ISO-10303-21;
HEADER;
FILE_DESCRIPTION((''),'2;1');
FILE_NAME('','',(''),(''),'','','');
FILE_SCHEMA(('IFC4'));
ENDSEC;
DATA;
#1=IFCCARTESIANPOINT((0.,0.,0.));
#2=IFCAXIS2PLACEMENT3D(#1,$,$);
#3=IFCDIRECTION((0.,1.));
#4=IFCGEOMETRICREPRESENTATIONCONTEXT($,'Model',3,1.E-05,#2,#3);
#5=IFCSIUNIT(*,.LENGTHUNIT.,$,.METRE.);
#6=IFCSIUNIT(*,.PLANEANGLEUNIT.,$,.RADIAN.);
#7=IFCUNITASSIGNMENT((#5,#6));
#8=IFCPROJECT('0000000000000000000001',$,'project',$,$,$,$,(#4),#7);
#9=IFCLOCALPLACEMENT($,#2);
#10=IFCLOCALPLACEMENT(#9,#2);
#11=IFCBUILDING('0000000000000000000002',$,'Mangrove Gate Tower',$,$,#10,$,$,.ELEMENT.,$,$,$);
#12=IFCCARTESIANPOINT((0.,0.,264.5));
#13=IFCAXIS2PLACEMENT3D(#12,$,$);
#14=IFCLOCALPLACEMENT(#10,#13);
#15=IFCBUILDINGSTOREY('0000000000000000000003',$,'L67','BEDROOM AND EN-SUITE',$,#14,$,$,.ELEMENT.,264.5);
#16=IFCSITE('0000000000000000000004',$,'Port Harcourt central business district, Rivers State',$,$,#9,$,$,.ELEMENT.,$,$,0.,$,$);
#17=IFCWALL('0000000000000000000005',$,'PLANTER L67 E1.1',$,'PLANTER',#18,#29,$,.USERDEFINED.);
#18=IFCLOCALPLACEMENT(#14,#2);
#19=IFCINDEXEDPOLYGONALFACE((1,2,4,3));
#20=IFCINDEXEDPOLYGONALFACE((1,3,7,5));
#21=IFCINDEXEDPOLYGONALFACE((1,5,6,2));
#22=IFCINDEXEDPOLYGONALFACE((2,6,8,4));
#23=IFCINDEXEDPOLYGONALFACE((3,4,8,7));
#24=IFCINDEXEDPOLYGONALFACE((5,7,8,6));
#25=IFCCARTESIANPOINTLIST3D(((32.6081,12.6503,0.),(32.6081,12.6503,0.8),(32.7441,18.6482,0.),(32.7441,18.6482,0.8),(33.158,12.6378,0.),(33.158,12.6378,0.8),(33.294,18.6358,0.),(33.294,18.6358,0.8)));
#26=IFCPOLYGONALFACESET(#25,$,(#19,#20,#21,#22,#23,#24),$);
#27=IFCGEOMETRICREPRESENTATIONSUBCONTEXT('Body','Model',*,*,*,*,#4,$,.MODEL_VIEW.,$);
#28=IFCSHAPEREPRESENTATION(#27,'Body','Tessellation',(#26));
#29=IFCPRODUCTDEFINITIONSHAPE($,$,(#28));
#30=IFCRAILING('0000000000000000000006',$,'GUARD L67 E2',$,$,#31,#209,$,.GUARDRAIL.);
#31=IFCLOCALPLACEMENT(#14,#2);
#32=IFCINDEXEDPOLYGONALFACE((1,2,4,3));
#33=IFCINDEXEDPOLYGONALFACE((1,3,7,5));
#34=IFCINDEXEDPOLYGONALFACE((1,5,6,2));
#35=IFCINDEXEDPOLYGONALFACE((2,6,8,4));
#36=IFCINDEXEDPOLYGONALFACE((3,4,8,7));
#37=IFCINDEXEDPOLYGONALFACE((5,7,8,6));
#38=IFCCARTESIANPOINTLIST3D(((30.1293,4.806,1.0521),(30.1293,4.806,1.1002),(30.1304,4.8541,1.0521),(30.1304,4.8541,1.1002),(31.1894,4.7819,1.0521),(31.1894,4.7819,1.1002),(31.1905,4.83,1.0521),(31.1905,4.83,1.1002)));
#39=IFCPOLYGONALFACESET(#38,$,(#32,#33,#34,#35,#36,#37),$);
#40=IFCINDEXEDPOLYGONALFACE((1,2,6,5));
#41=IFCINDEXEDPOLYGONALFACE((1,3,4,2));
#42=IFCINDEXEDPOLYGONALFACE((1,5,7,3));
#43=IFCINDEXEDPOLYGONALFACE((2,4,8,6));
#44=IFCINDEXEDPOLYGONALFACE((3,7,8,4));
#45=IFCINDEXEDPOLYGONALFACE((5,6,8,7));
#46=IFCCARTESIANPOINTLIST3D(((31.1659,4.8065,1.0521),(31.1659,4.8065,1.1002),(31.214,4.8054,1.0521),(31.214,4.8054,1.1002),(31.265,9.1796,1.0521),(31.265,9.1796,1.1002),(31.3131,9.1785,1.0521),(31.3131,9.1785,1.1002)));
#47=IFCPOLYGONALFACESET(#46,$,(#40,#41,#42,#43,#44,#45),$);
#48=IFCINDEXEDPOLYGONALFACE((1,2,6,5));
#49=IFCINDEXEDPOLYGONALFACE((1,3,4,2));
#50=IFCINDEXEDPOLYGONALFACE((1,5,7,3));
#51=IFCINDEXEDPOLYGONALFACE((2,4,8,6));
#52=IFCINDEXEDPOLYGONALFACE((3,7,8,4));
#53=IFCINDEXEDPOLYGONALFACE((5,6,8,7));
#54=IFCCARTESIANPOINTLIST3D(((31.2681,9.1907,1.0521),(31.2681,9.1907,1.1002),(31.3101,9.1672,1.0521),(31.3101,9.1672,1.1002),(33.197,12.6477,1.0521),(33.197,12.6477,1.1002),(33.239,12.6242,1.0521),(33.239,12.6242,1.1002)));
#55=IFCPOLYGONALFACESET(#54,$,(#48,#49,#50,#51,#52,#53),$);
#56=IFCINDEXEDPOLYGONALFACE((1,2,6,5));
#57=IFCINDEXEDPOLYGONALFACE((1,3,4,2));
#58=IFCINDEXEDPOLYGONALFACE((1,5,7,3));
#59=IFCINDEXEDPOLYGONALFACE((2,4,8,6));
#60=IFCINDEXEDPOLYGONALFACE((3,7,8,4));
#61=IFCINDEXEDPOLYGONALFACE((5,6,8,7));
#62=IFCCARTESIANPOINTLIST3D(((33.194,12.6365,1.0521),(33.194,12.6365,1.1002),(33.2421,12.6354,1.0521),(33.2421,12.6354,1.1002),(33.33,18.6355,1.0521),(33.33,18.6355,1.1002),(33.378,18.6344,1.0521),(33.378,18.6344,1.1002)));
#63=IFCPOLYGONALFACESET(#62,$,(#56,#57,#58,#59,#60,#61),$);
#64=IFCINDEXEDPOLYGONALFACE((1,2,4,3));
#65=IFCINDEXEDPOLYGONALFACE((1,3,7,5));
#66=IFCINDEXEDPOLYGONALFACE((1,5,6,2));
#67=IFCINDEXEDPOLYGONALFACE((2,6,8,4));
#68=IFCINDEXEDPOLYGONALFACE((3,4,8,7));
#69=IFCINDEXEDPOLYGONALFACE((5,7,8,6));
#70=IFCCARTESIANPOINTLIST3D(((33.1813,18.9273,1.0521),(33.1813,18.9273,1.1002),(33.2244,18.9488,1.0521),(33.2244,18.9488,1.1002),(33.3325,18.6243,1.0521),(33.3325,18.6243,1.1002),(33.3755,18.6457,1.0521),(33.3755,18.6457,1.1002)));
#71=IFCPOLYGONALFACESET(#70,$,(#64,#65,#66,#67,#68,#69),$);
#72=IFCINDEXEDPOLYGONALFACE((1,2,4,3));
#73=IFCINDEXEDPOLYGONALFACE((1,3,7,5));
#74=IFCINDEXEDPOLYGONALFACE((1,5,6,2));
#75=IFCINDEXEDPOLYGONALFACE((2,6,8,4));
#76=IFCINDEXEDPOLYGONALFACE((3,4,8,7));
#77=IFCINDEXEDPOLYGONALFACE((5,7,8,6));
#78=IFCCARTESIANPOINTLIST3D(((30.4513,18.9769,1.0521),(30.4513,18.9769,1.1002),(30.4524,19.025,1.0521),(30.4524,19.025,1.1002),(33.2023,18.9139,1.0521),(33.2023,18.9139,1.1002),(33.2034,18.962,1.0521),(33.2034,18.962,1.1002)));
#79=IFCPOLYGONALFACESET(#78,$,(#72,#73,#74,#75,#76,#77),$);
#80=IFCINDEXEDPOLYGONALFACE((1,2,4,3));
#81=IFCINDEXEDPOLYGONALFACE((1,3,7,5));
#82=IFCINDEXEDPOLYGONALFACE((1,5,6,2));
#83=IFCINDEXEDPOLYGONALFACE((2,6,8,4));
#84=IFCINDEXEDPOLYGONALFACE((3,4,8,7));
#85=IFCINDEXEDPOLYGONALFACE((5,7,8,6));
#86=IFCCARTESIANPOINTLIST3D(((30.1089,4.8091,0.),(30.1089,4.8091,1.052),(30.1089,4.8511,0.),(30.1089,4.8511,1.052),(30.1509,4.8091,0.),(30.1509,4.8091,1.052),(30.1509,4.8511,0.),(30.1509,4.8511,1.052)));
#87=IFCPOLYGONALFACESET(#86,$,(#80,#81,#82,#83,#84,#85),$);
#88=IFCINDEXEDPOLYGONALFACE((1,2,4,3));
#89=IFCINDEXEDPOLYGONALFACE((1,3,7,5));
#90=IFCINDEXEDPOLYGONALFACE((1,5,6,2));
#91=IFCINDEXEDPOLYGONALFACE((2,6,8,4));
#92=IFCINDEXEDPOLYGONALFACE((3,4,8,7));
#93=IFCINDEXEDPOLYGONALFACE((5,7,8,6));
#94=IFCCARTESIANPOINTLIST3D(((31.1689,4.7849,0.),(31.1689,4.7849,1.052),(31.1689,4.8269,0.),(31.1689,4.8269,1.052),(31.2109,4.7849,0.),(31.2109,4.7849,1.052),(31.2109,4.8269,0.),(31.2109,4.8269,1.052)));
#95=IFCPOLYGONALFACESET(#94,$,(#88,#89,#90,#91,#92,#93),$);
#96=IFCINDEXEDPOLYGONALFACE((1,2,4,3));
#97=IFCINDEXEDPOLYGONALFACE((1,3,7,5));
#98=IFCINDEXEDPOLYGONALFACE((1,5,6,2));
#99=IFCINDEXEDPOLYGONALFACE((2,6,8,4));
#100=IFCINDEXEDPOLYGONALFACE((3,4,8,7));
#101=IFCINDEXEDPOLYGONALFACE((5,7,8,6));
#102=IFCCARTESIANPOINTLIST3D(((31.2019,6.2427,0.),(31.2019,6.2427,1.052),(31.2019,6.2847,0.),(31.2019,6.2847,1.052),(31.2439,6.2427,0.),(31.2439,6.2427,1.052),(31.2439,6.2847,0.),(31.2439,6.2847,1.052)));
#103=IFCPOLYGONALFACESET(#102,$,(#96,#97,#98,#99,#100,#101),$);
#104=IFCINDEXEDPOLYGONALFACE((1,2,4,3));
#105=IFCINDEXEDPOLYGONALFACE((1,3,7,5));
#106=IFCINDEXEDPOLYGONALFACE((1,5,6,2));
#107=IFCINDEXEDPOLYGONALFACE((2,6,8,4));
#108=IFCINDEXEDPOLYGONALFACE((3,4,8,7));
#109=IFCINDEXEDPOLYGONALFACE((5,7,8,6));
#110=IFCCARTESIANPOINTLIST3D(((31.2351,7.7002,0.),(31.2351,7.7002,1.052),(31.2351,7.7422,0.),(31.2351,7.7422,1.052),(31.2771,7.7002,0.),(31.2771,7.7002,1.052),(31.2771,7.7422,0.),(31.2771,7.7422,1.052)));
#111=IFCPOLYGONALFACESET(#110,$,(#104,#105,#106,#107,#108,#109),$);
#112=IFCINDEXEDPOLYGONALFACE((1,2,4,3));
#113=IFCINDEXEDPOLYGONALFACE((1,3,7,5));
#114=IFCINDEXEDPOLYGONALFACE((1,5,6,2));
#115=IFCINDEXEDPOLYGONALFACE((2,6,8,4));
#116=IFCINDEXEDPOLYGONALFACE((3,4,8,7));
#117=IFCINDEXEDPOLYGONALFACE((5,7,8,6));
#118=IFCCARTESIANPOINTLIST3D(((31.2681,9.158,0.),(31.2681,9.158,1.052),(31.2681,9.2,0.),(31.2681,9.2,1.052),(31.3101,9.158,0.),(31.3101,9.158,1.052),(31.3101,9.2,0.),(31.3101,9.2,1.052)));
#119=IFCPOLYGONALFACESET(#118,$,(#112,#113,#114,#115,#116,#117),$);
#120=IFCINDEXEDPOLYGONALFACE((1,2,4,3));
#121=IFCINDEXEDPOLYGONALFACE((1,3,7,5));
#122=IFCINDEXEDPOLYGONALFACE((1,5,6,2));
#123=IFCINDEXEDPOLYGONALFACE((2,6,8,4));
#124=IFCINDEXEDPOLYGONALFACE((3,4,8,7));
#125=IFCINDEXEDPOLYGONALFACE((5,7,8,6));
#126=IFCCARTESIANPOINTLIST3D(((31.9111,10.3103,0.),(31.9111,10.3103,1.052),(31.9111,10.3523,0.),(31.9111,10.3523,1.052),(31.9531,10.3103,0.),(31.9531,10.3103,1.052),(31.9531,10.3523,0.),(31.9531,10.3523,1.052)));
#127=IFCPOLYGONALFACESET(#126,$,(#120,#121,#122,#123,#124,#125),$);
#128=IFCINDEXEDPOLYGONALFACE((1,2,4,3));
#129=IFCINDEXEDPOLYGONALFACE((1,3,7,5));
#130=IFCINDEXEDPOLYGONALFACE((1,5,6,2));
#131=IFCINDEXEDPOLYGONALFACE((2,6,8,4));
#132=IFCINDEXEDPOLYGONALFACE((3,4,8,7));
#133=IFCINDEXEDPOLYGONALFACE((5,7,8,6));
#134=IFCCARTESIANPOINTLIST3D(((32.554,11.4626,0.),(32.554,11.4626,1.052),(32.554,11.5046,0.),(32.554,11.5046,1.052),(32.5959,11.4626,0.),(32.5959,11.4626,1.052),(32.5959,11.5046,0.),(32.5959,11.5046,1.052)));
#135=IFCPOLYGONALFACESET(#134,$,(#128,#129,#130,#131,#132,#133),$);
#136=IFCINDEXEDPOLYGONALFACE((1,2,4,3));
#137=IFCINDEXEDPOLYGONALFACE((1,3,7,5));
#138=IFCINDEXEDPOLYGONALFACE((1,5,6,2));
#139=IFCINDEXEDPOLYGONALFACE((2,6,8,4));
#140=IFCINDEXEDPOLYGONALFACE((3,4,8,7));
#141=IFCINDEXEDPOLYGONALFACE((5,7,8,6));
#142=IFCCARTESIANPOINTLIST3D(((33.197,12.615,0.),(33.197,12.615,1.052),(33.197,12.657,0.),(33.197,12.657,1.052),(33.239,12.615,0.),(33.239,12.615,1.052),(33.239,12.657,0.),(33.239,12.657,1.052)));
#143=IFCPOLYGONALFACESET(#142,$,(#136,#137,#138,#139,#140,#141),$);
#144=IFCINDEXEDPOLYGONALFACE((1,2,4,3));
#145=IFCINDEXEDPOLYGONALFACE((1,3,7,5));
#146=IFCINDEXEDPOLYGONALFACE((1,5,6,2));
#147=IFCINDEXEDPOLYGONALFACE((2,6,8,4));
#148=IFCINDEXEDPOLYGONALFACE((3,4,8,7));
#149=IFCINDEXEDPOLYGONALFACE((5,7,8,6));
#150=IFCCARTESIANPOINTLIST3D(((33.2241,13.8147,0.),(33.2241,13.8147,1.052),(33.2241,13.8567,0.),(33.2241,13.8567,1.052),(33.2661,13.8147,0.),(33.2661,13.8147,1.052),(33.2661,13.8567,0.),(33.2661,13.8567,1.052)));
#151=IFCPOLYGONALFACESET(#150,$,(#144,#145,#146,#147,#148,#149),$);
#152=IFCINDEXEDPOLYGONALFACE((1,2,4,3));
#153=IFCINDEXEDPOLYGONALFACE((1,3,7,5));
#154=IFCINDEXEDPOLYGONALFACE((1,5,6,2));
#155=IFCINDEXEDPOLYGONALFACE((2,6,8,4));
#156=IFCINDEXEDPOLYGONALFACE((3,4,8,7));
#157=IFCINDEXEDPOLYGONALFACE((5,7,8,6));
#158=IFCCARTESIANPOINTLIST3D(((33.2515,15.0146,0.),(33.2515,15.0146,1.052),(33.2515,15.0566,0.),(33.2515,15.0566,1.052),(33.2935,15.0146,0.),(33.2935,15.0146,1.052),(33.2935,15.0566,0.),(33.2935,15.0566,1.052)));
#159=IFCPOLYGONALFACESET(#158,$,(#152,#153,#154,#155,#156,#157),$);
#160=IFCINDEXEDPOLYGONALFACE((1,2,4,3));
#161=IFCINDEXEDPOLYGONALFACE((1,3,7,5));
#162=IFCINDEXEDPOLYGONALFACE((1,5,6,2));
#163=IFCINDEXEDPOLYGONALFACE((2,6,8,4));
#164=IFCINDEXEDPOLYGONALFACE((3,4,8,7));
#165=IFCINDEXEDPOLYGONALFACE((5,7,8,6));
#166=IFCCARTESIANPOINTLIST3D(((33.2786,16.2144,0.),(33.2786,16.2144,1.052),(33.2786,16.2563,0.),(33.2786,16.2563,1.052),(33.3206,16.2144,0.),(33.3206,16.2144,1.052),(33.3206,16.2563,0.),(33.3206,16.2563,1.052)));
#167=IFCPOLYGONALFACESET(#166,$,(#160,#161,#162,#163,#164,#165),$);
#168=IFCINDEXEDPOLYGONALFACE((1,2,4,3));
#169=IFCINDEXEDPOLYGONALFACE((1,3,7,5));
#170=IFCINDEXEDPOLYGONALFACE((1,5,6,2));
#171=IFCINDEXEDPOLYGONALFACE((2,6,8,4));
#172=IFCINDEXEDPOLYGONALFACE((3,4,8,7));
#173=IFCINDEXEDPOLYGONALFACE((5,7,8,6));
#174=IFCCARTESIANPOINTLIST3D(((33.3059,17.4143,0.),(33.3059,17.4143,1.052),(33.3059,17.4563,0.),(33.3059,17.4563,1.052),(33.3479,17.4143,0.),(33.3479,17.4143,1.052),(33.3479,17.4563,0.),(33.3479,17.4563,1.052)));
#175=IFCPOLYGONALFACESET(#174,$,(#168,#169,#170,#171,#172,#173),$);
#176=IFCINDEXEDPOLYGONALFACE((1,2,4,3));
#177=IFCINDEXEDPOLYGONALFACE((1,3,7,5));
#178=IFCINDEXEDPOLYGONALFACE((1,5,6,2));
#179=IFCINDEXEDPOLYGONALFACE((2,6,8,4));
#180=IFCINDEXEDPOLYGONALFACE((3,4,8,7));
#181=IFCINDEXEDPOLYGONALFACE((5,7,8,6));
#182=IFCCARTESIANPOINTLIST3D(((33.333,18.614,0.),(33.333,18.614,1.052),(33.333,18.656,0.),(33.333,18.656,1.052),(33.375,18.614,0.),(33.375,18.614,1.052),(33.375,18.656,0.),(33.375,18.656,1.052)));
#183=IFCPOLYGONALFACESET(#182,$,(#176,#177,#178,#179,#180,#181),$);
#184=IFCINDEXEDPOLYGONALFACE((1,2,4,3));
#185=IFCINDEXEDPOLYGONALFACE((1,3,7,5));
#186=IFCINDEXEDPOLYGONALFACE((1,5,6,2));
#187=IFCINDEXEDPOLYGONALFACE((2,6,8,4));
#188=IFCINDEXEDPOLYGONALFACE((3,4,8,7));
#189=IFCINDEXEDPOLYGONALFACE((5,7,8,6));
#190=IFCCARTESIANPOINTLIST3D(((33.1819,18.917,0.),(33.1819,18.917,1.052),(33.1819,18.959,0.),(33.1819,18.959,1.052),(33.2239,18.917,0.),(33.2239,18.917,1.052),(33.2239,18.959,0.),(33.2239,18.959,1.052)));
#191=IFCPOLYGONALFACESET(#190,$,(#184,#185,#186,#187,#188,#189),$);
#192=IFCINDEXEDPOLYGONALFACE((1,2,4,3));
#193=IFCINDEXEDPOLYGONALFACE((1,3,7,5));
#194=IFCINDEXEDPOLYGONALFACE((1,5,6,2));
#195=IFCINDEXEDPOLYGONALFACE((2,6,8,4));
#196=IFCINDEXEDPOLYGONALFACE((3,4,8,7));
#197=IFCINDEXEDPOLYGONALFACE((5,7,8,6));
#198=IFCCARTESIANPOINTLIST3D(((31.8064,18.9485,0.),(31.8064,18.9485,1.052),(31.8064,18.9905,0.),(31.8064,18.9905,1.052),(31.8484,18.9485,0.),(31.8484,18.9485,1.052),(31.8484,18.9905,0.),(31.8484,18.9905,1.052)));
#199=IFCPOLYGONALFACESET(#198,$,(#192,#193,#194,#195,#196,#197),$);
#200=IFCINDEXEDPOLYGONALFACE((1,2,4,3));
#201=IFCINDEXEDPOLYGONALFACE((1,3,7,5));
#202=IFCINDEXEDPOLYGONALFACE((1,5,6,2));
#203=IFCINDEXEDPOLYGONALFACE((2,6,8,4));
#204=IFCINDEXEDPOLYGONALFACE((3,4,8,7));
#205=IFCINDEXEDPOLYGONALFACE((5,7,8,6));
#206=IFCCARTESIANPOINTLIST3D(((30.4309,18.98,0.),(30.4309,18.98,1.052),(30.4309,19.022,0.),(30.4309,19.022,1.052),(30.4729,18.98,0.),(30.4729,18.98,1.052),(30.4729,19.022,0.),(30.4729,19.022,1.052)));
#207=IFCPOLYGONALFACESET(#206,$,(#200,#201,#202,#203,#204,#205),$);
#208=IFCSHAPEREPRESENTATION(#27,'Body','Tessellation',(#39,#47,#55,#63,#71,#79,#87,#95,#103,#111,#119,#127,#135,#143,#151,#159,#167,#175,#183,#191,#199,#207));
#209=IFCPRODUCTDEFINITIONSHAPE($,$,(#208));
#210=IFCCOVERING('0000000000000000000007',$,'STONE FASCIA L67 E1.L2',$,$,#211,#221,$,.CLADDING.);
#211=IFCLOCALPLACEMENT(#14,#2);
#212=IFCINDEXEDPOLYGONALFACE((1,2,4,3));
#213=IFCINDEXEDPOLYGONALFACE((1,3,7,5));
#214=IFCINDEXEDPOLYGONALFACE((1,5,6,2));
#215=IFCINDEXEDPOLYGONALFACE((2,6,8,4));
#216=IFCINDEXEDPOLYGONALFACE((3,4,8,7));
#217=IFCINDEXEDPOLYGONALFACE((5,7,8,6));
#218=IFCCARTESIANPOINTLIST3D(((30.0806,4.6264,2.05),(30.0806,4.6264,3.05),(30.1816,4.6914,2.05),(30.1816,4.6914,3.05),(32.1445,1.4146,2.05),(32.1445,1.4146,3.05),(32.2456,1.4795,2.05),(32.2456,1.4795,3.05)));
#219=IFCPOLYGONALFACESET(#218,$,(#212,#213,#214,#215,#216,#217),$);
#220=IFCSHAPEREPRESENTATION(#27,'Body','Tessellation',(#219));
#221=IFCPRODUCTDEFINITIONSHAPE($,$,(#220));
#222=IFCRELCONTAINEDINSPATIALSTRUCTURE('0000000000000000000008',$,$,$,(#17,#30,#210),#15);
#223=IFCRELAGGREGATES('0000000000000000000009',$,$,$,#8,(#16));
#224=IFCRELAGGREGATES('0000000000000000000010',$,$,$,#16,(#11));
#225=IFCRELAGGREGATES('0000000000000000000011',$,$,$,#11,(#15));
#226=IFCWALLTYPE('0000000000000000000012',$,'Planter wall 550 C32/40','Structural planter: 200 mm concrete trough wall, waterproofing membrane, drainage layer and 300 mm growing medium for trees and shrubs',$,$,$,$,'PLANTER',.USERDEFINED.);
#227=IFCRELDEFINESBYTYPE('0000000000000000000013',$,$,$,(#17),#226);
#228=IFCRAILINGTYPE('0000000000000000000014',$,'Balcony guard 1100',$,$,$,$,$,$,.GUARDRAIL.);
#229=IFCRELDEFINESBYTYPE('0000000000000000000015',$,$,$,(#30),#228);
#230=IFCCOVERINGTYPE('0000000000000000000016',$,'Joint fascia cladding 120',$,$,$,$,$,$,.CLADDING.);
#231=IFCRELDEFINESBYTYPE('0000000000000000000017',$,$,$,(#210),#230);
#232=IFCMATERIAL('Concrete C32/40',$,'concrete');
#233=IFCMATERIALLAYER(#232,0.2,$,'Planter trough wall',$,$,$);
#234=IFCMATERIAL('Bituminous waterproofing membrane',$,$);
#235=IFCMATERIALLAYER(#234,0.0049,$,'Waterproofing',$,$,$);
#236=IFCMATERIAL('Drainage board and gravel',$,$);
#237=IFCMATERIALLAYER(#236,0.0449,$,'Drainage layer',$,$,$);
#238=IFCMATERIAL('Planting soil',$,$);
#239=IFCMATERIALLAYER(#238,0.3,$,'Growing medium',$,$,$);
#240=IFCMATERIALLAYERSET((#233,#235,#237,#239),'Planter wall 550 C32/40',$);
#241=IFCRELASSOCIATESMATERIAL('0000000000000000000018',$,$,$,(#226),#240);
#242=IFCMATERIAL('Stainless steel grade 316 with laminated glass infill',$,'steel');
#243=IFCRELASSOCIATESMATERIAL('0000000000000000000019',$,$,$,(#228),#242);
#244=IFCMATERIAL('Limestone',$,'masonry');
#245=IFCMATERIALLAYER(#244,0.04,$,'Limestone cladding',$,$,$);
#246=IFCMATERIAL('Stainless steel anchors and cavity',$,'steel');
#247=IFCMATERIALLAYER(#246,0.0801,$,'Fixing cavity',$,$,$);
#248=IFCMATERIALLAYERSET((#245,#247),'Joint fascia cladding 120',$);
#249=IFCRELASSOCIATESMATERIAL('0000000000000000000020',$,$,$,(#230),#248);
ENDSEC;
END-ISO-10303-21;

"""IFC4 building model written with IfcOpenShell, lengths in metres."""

from ifc_helpers import new_model, si_unit, direction, frame, frame_2d, origin, origin_2d, place, context, subcontext, project, spatial, rectangle, extrude, material, layer, layer_set, type_object, element, save


model = new_model("IFC4")

# Units and contexts
model_context = context("Model", 3, precision=1e-05, world=origin(), true_north=direction((0.0, 1.0)))
body_context = subcontext(model_context, "Body", "Model", "MODEL_VIEW")
ifc_project = project(units=[si_unit("LENGTHUNIT", "METRE"), si_unit("PLANEANGLEUNIT", "RADIAN")], contexts=[model_context])

# Site, building, storey
site_placement = place(None, origin())
site = spatial("IfcSite", under=ifc_project, at=site_placement, Name="Port Harcourt central business district, Rivers State", CompositionType="ELEMENT", RefElevation=0.0)
building_placement = place(site_placement, origin())
building = spatial("IfcBuilding", under=site, at=building_placement, Name="Mangrove Gate Tower", CompositionType="ELEMENT")
storey_placement = place(building_placement, frame((0.0, 0.0, 264.5)))
storey = spatial("IfcBuildingStorey", under=building, at=storey_placement, Name="L67", Description="BEDROOM AND EN-SUITE", CompositionType="ELEMENT", Elevation=264.5)

# Shared definitions
ifc_material_1 = material(Name="Limestone", Category="masonry")

# Wall
ifc_material_2 = material(Name="Concrete C32/40", Category="concrete")
ifc_layer_1 = layer(ifc_material_2, 0.2, Name="Planter trough wall")
ifc_material_3 = material(Name="Bituminous waterproofing membrane")
ifc_layer_2 = layer(ifc_material_3, 0.0049, Name="Waterproofing")
ifc_material_4 = material(Name="Drainage board and gravel")
ifc_layer_3 = layer(ifc_material_4, 0.0449, Name="Drainage layer")
ifc_material_5 = material(Name="Planting soil")
ifc_layer_4 = layer(ifc_material_5, 0.3, Name="Growing medium")
ifc_layer_set_1 = layer_set([ifc_layer_1, ifc_layer_2, ifc_layer_3, ifc_layer_4], Name="Planter wall 550 C32/40")
wall_type_1 = type_object("IfcWallType", Name="Planter wall 550 C32/40", Description="Structural planter: 200 mm concrete trough wall, waterproofing membrane, drainage layer and 300 mm growing medium for trees and shrubs", ElementType="PLANTER", PredefinedType="USERDEFINED", material=ifc_layer_set_1)
wall_1_placement = place(storey_placement, frame((32.8831, 12.644, 0.0), z_axis=(0.0, 0.0, 1.0), x_axis=(0.022666, 0.999743, 0.0)))
element("IfcWall", 1, at=wall_1_placement, inside=storey, type_object=wall_type_1, Name="PLANTER L67 E1.1", ObjectType="PLANTER", PredefinedType="USERDEFINED", context=body_context, shape_type="SweptSolid", body=[
    extrude(rectangle(XDim=5.9995, YDim=0.55, at=frame_2d((2.9998, 0.0))), origin(), (0.0, 0.0, 1.0), 0.8),
])

# Railing
ifc_material_6 = material(Name="Stainless steel grade 316 with laminated glass infill", Category="steel")
railing_type = type_object("IfcRailingType", Name="Balcony guard 1100", PredefinedType="GUARDRAIL", material=ifc_material_6)
railing_placement = place(storey_placement, frame((30.1299, 4.8301, 0.0)))
element("IfcRailing", 2, at=railing_placement, inside=storey, type_object=railing_type, Name="GUARD L67 E2", PredefinedType="GUARDRAIL", context=body_context, shape_type="SweptSolid", body=[
    extrude(rectangle(XDim=0.0481, YDim=0.0481, at=origin_2d()), frame((0.0, 0.0, 1.0762), z_axis=(0.99974, -0.022795, 0.0), x_axis=(0.022795, 0.99974, 0.0)), (0.0, 0.0, 1.0), 1.0603),
    extrude(rectangle(XDim=0.0481, YDim=0.0481, at=origin_2d()), frame((1.0601, -0.0242, 1.0762), z_axis=(0.022661, 0.999743, 0.0), x_axis=(-0.999743, 0.022661, 0.0)), (0.0, 0.0, 1.0), 4.3743),
    extrude(rectangle(XDim=0.0481, YDim=0.0481, at=origin_2d()), frame((1.1592, 4.3489, 1.0762), z_axis=(0.48726, 0.873257, 0.0), x_axis=(-0.873257, 0.48726, 0.0)), (0.0, 0.0, 1.0), 3.9587),
    extrude(rectangle(XDim=0.0481, YDim=0.0481, at=origin_2d()), frame((3.0881, 7.8059, 1.0762), z_axis=(0.022662, 0.999743, 0.0), x_axis=(-0.999743, 0.022662, 0.0)), (0.0, 0.0, 1.0), 6.0005),
    extrude(rectangle(XDim=0.0481, YDim=0.0481, at=origin_2d()), frame((3.2241, 13.8049, 1.0762), z_axis=(-0.446348, 0.894859, 0.0), x_axis=(-0.894859, -0.446348, 0.0)), (0.0, 0.0, 1.0), 0.3386),
    extrude(rectangle(XDim=0.0481, YDim=0.0481, at=origin_2d()), frame((3.073, 14.1079, 1.0762), z_axis=(-0.999738, 0.022891, 0.0), x_axis=(-0.022891, -0.999738, 0.0)), (0.0, 0.0, 1.0), 2.7517),
    extrude(rectangle(XDim=0.042, YDim=0.042, at=origin_2d()), origin(), (0.0, 0.0, 1.0), 1.052),
    extrude(rectangle(XDim=0.042, YDim=0.042, at=origin_2d()), frame((1.0601, -0.0242, 0.0)), (0.0, 0.0, 1.0), 1.052),
    extrude(rectangle(XDim=0.042, YDim=0.042, at=origin_2d()), frame((1.093, 1.4336, 0.0)), (0.0, 0.0, 1.0), 1.052),
    extrude(rectangle(XDim=0.042, YDim=0.042, at=origin_2d()), frame((1.1262, 2.8911, 0.0)), (0.0, 0.0, 1.0), 1.052),
    extrude(rectangle(XDim=0.042, YDim=0.042, at=origin_2d()), frame((1.1592, 4.3489, 0.0)), (0.0, 0.0, 1.0), 1.052),
    extrude(rectangle(XDim=0.042, YDim=0.042, at=origin_2d()), frame((1.8022, 5.5012, 0.0)), (0.0, 0.0, 1.0), 1.052),
    extrude(rectangle(XDim=0.042, YDim=0.042, at=origin_2d()), frame((2.4451, 6.6536, 0.0)), (0.0, 0.0, 1.0), 1.052),
    extrude(rectangle(XDim=0.042, YDim=0.042, at=origin_2d()), frame((3.0881, 7.8059, 0.0)), (0.0, 0.0, 1.0), 1.052),
    extrude(rectangle(XDim=0.042, YDim=0.042, at=origin_2d()), frame((3.1152, 9.0056, 0.0)), (0.0, 0.0, 1.0), 1.052),
    extrude(rectangle(XDim=0.042, YDim=0.042, at=origin_2d()), frame((3.1426, 10.2056, 0.0)), (0.0, 0.0, 1.0), 1.052),
    extrude(rectangle(XDim=0.042, YDim=0.042, at=origin_2d()), frame((3.1697, 11.4053, 0.0)), (0.0, 0.0, 1.0), 1.052),
    extrude(rectangle(XDim=0.042, YDim=0.042, at=origin_2d()), frame((3.197, 12.6052, 0.0)), (0.0, 0.0, 1.0), 1.052),
    extrude(rectangle(XDim=0.042, YDim=0.042, at=origin_2d()), frame((3.2241, 13.8049, 0.0)), (0.0, 0.0, 1.0), 1.052),
    extrude(rectangle(XDim=0.042, YDim=0.042, at=origin_2d()), frame((3.073, 14.1079, 0.0)), (0.0, 0.0, 1.0), 1.052),
    extrude(rectangle(XDim=0.042, YDim=0.042, at=origin_2d()), frame((1.6975, 14.1394, 0.0)), (0.0, 0.0, 1.0), 1.052),
    extrude(rectangle(XDim=0.042, YDim=0.042, at=origin_2d()), frame((0.322, 14.1709, 0.0)), (0.0, 0.0, 1.0), 1.052),
])

# Covering
ifc_layer_5 = layer(ifc_material_1, 0.04, Name="Limestone cladding")
ifc_material_7 = material(Name="Stainless steel anchors and cavity", Category="steel")
ifc_layer_6 = layer(ifc_material_7, 0.0801, Name="Fixing cavity")
ifc_layer_set_2 = layer_set([ifc_layer_5, ifc_layer_6], Name="Joint fascia cladding 120")
covering_type = type_object("IfcCoveringType", Name="Joint fascia cladding 120", PredefinedType="CLADDING", material=ifc_layer_set_2)
covering_placement = place(storey_placement, frame((32.1951, 1.447, 2.05), z_axis=(0.0, 0.0, 1.0), x_axis=(-0.540602, 0.841278, 0.0)))
element("IfcCovering", 3, at=covering_placement, inside=storey, type_object=covering_type, Name="STONE FASCIA L67 E1.L2", PredefinedType="CLADDING", context=body_context, shape_type="SweptSolid", body=[
    extrude(rectangle(XDim=3.8179, YDim=0.1201, at=frame_2d((1.9089, 0.0))), origin(), (0.0, 0.0, 1.0), 1.0),
])

save(model, "model.ifc")
